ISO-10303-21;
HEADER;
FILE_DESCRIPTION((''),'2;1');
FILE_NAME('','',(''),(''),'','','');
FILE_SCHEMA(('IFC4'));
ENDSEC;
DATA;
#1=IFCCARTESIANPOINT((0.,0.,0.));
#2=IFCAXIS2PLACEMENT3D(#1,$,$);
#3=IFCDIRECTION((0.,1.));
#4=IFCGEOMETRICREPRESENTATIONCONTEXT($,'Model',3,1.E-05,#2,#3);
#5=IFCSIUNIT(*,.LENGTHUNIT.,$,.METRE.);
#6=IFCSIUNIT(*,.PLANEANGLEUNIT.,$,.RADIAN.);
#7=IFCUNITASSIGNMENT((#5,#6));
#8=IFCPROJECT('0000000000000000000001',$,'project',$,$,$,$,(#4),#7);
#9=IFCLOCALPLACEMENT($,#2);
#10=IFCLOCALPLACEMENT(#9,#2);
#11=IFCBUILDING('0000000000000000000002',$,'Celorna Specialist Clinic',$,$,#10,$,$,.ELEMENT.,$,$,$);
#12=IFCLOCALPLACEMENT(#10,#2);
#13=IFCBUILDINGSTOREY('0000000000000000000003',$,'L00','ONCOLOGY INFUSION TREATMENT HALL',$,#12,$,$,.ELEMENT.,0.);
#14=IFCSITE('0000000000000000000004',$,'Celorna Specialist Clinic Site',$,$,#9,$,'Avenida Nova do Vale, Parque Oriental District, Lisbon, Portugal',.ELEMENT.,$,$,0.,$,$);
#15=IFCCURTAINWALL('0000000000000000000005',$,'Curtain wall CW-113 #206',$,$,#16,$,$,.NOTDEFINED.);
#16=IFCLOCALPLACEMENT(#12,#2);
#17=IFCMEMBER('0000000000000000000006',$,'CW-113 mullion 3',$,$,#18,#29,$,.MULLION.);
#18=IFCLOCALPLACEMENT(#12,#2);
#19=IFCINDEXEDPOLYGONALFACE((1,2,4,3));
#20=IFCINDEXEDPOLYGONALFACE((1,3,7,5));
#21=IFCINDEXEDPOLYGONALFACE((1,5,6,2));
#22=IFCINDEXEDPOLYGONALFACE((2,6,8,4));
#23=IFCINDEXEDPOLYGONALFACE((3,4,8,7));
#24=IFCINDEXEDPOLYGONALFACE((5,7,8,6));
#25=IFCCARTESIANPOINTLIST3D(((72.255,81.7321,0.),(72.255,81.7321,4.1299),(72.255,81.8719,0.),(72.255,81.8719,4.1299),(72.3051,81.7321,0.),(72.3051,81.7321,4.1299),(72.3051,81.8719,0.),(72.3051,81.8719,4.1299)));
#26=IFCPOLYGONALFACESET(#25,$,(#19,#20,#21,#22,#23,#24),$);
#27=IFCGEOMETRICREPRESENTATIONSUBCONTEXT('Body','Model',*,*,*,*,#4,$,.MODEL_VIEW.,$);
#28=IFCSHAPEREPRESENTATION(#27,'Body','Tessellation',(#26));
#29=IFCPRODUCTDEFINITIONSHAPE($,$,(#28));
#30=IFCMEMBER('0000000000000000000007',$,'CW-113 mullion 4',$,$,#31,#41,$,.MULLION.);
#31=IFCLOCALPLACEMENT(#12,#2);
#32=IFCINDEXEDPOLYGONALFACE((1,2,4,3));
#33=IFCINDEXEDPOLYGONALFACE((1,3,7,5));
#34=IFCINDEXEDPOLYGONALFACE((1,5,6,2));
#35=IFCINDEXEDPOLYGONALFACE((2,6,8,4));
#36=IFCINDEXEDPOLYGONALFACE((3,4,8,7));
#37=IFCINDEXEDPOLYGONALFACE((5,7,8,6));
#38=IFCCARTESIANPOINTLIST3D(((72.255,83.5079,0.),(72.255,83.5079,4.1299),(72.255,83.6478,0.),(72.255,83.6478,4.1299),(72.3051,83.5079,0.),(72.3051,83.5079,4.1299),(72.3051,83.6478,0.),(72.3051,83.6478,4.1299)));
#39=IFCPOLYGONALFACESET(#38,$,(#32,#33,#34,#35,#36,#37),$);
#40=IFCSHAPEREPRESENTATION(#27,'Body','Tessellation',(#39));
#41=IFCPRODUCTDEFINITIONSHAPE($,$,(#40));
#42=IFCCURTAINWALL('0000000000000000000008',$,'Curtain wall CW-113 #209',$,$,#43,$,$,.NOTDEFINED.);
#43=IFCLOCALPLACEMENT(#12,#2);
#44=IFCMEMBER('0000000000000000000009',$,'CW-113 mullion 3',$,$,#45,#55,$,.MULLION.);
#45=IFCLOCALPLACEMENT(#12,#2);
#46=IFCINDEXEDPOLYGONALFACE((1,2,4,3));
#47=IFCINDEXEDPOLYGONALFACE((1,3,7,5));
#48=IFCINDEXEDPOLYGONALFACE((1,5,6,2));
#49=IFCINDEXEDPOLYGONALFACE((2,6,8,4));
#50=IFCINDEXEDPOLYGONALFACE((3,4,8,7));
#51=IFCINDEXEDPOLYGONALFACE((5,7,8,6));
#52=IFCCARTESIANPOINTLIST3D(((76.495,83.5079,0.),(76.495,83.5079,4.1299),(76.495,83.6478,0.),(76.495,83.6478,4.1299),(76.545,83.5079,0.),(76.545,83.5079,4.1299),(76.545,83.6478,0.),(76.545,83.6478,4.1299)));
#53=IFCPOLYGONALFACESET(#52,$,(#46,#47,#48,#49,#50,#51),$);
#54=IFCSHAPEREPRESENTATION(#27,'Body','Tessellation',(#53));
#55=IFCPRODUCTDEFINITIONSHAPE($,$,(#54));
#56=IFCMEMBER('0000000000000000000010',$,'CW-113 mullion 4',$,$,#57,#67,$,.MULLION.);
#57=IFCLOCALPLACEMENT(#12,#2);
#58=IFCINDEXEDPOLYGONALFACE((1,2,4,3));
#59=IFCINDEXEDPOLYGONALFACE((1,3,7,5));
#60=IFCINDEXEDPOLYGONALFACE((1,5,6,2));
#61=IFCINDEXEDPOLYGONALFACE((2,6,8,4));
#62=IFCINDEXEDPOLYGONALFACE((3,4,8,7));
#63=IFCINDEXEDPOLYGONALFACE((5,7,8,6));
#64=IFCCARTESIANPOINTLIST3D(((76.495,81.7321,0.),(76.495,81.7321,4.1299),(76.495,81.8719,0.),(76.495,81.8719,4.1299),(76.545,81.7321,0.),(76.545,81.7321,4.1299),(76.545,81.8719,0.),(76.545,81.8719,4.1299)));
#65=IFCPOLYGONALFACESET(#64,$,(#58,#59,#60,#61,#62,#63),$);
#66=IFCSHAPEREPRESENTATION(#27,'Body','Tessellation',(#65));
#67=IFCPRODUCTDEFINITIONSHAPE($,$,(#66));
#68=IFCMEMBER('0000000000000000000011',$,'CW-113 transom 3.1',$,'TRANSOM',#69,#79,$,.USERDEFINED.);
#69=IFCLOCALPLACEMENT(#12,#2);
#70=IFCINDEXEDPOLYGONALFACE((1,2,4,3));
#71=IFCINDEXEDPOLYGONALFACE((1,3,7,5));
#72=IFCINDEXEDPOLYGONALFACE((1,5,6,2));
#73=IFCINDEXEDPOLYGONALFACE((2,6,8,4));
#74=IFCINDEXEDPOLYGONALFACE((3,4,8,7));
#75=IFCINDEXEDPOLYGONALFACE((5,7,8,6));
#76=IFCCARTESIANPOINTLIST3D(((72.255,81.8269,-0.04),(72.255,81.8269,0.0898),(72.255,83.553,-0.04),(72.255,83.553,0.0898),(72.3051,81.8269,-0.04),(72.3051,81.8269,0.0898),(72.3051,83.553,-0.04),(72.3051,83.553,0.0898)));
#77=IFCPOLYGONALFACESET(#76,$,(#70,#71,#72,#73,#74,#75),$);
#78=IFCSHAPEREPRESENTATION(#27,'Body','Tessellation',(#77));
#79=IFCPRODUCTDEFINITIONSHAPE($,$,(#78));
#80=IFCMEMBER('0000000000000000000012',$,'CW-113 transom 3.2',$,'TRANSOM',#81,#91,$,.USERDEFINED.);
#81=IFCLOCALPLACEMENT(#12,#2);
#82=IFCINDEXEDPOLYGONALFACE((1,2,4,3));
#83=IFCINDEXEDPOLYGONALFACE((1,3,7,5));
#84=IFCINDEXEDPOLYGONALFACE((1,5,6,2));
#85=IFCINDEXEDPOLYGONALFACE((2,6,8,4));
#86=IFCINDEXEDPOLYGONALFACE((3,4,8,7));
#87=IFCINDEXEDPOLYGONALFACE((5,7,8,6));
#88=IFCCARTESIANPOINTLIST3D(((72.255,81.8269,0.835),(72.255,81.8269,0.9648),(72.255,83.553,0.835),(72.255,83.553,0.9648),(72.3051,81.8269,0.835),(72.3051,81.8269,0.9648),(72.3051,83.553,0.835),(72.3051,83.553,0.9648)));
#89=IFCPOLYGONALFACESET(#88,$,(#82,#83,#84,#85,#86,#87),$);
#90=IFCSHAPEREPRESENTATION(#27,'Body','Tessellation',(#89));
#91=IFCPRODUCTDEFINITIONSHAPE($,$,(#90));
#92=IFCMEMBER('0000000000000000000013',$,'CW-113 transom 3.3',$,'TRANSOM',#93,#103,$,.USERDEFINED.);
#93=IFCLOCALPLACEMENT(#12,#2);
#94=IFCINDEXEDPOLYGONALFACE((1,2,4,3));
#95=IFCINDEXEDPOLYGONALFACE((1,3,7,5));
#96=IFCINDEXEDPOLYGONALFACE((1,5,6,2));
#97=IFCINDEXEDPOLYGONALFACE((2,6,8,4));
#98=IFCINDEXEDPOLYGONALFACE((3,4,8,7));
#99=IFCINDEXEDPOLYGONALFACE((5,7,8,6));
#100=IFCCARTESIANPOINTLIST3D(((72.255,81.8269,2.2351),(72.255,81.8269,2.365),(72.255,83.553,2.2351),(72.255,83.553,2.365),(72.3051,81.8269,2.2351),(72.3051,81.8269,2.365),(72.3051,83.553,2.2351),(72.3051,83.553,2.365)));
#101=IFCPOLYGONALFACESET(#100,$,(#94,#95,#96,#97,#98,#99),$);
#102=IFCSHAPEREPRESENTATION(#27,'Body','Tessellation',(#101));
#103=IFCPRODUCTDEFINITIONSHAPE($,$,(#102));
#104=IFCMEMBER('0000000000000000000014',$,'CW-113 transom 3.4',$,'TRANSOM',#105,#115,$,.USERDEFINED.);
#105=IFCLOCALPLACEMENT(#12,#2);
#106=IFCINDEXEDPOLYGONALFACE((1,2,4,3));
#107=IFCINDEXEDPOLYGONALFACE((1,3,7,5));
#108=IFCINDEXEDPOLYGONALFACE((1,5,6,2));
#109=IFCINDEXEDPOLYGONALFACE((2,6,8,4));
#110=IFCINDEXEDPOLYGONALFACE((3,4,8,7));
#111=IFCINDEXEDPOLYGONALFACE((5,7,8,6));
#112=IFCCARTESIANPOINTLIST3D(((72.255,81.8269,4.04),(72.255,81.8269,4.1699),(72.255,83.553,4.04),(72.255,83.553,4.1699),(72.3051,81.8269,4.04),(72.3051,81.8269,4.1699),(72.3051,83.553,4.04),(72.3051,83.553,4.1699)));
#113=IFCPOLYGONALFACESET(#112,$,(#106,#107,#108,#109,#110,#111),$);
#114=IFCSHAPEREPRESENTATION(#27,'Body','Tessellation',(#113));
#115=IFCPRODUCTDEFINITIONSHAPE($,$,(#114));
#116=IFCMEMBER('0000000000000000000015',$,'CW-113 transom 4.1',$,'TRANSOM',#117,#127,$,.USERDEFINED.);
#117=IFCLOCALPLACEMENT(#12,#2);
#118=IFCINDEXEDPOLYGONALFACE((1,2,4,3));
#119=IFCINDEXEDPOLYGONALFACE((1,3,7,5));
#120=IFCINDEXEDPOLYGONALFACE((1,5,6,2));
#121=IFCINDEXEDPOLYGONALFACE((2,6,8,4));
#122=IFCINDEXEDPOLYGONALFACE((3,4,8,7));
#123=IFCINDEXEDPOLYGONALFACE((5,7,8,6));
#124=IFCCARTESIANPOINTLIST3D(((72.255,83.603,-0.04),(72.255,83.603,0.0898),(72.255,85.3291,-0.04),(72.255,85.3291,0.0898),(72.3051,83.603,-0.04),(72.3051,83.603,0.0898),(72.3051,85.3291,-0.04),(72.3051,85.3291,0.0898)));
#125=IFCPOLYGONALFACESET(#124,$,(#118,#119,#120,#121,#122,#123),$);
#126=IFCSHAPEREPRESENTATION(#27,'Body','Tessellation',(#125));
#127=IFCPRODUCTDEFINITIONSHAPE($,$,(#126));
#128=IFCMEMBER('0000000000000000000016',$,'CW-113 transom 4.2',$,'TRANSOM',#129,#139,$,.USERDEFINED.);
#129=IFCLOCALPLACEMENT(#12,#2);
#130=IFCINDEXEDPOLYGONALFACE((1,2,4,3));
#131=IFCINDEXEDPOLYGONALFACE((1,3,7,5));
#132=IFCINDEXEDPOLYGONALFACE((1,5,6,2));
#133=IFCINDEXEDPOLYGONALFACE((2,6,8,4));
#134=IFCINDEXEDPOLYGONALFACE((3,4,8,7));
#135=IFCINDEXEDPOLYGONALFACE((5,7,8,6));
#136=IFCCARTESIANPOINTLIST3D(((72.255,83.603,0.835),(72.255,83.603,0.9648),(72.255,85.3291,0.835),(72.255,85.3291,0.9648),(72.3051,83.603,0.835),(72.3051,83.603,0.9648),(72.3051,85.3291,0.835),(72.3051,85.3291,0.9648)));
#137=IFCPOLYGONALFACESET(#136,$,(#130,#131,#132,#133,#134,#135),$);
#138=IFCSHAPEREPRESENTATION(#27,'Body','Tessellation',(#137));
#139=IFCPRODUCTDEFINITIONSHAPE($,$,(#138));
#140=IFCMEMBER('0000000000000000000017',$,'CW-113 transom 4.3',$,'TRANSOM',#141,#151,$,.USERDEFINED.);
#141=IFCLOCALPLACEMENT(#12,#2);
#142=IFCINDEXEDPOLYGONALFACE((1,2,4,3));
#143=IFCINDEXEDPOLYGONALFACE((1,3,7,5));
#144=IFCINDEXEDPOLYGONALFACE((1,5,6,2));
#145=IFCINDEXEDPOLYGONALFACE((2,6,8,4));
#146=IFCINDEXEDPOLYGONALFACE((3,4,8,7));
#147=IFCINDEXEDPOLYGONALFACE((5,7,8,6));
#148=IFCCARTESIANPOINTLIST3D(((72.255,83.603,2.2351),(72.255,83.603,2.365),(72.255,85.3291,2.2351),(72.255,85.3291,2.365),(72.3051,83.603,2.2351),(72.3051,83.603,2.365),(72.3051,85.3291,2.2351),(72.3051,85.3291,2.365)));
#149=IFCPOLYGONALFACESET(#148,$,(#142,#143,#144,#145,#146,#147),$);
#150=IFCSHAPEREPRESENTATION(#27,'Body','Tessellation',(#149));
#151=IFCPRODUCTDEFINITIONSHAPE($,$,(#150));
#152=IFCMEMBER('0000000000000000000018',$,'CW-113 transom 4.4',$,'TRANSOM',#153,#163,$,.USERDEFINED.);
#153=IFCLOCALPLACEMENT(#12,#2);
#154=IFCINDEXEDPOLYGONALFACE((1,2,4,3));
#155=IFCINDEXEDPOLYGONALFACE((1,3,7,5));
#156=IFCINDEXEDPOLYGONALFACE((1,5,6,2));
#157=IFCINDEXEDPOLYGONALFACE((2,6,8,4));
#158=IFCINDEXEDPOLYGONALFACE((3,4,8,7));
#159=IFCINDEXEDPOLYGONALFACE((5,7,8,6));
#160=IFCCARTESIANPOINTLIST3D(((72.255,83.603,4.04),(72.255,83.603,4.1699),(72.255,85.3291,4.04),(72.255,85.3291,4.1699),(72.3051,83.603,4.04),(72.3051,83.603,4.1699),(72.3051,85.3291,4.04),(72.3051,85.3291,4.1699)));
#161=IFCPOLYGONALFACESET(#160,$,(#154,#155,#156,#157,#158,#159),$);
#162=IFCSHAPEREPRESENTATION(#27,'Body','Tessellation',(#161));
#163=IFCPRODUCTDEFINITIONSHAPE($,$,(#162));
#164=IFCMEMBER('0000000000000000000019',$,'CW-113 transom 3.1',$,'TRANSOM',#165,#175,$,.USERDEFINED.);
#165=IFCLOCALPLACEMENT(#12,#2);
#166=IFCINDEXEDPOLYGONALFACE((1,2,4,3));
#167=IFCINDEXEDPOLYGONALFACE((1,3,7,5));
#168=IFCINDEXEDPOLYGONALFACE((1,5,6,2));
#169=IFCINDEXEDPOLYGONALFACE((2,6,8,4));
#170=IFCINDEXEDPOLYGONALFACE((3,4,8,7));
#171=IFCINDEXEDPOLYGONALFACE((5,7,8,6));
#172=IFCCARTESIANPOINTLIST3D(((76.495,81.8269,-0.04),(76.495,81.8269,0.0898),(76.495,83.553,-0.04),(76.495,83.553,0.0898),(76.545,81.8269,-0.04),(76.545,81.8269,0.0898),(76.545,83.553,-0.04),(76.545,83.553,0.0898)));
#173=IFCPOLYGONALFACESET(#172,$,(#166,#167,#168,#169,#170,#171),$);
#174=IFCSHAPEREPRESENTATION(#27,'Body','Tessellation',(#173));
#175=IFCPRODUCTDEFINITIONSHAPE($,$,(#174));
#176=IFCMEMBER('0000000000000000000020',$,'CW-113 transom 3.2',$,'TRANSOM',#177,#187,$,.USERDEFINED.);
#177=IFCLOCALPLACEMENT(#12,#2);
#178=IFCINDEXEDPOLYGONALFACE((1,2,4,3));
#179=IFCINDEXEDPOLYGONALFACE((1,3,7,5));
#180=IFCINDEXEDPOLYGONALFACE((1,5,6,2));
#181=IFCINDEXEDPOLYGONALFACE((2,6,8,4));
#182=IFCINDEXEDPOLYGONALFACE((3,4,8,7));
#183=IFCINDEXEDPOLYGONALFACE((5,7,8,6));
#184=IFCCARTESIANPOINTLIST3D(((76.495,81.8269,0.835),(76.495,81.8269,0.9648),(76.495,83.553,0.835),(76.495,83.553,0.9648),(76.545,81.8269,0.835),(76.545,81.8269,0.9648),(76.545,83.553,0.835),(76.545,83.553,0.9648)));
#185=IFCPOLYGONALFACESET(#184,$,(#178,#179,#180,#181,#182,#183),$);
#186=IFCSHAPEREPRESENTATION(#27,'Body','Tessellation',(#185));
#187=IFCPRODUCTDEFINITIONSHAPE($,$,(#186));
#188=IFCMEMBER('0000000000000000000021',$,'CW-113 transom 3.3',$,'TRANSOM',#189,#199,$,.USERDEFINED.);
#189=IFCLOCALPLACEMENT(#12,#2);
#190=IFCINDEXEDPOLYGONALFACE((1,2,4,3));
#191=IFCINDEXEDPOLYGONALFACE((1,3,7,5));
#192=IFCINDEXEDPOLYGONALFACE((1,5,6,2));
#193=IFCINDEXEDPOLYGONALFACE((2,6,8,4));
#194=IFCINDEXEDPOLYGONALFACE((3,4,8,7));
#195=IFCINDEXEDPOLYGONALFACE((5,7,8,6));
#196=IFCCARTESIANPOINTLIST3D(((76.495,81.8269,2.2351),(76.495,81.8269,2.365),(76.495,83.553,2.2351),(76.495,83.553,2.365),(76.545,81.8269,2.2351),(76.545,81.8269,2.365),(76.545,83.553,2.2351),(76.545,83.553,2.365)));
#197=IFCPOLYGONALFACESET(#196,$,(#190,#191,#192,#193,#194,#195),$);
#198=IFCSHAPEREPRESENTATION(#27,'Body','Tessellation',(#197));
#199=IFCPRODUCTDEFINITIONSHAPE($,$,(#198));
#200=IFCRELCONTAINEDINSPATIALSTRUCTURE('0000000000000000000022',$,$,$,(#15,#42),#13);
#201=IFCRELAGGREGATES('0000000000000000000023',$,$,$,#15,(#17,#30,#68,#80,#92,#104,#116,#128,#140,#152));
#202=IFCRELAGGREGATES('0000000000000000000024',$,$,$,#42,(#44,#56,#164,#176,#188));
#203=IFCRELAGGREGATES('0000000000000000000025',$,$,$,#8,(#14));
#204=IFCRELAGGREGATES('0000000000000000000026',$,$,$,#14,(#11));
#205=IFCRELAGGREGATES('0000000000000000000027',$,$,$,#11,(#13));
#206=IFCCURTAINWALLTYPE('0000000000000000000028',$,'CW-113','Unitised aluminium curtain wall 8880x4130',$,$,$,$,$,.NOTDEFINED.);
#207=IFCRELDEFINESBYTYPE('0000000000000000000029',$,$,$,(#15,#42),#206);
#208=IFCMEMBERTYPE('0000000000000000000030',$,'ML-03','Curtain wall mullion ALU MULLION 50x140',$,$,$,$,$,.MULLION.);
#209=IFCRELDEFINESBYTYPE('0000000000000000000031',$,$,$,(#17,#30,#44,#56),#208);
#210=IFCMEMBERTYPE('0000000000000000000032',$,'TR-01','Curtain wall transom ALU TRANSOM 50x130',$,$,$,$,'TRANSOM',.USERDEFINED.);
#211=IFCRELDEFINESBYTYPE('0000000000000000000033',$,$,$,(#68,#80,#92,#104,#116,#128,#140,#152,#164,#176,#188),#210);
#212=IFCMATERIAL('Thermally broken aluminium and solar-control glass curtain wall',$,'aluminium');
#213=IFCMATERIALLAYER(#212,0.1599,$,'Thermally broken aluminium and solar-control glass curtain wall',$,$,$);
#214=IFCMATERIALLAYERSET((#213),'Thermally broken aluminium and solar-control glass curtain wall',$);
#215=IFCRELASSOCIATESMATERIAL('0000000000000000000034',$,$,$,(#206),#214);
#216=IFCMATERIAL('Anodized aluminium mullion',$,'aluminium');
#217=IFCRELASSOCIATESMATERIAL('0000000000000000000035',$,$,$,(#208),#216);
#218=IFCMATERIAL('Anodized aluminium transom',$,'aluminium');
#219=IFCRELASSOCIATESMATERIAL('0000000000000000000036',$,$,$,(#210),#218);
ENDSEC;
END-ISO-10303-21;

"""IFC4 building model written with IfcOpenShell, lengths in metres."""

from ifc_helpers import new_model, si_unit, direction, frame, origin, origin_2d, place, context, subcontext, project, spatial, rectangle, extrude, material, layer, layer_set, material_profile, profile_set, type_object, element, aggregate, save


model = new_model("IFC4")

# Units and contexts
model_context = context("Model", 3, precision=1e-05, world=origin(), true_north=direction((0.0, 1.0)))
body_context = subcontext(model_context, "Body", "Model", "MODEL_VIEW")
ifc_project = project(units=[si_unit("LENGTHUNIT", "METRE"), si_unit("PLANEANGLEUNIT", "RADIAN")], contexts=[model_context])

# Site, building, storey
site_placement = place(None, origin())
site = spatial("IfcSite", under=ifc_project, at=site_placement, Name="Celorna Specialist Clinic Site", LongName="Avenida Nova do Vale, Parque Oriental District, Lisbon, Portugal", CompositionType="ELEMENT", RefElevation=0.0)
building_placement = place(site_placement, origin())
building = spatial("IfcBuilding", under=site, at=building_placement, Name="Celorna Specialist Clinic", CompositionType="ELEMENT")
storey_placement = place(building_placement, origin())
storey = spatial("IfcBuildingStorey", under=building, at=storey_placement, Name="L00", Description="ONCOLOGY INFUSION TREATMENT HALL", CompositionType="ELEMENT", Elevation=0.0)

# Curtain walls, members
ifc_material_1 = material(Name="Thermally broken aluminium and solar-control glass curtain wall", Category="aluminium")
ifc_layer_1 = layer(ifc_material_1, 0.1599, Name="Thermally broken aluminium and solar-control glass curtain wall")
ifc_layer_set_1 = layer_set([ifc_layer_1], Name="Thermally broken aluminium and solar-control glass curtain wall")
curtain_wall_type = type_object("IfcCurtainWallType", Name="CW-113", Description="Unitised aluminium curtain wall 8880x4130", PredefinedType="NOTDEFINED", material=ifc_layer_set_1)
curtain_wall_1_placement = place(storey_placement, origin())
curtain_wall_1 = element("IfcCurtainWall", 1, at=curtain_wall_1_placement, inside=storey, type_object=curtain_wall_type, Name="Curtain wall CW-113 #206", PredefinedType="NOTDEFINED")
ifc_material_2 = material(Name="Anodized aluminium mullion", Category="aluminium")
ifc_material_profile_1 = material_profile(ifc_material_2, rectangle(XDim=0.05, YDim=0.1399, at=origin_2d()), Name="ALU MULLION 50x140")
ifc_profile_set_1 = profile_set([ifc_material_profile_1], Name="Anodized aluminium mullion")
member_type_1 = type_object("IfcMemberType", Name="ML-03", Description="Curtain wall mullion ALU MULLION 50x140", PredefinedType="MULLION", material=ifc_profile_set_1)
member_1_placement = place(storey_placement, frame((72.28, 81.802, 0.0), z_axis=(0.0, 0.0, 1.0), x_axis=(-1.0, 0.0, 0.0)))
member_1 = element("IfcMember", 2, at=member_1_placement, type_object=member_type_1, Name="CW-113 mullion 3", PredefinedType="MULLION", context=body_context, shape_type="SweptSolid", body=[
    extrude(rectangle(XDim=0.05, YDim=0.1399, at=origin_2d()), origin(), (0.0, 0.0, 1.0), 4.1299),
])
member_2_placement = place(storey_placement, frame((72.28, 83.5779, 0.0), z_axis=(0.0, 0.0, 1.0), x_axis=(-1.0, 0.0, 0.0)))
member_2 = element("IfcMember", 3, at=member_2_placement, type_object=member_type_1, Name="CW-113 mullion 4", PredefinedType="MULLION", context=body_context, shape_type="SweptSolid", body=[
    extrude(rectangle(XDim=0.05, YDim=0.1399, at=origin_2d()), origin(), (0.0, 0.0, 1.0), 4.1299),
])
curtain_wall_2_placement = place(storey_placement, origin())
curtain_wall_2 = element("IfcCurtainWall", 4, at=curtain_wall_2_placement, inside=storey, type_object=curtain_wall_type, Name="Curtain wall CW-113 #209", PredefinedType="NOTDEFINED")
member_3_placement = place(storey_placement, frame((76.52, 83.5779, 0.0), z_axis=(0.0, 0.0, 1.0), x_axis=(1.0, 0.0, 0.0)))
member_3 = element("IfcMember", 5, at=member_3_placement, type_object=member_type_1, Name="CW-113 mullion 3", PredefinedType="MULLION", context=body_context, shape_type="SweptSolid", body=[
    extrude(rectangle(XDim=0.05, YDim=0.1399, at=origin_2d()), origin(), (0.0, 0.0, 1.0), 4.1299),
])
member_4_placement = place(storey_placement, frame((76.52, 81.802, 0.0), z_axis=(0.0, 0.0, 1.0), x_axis=(1.0, 0.0, 0.0)))
member_4 = element("IfcMember", 6, at=member_4_placement, type_object=member_type_1, Name="CW-113 mullion 4", PredefinedType="MULLION", context=body_context, shape_type="SweptSolid", body=[
    extrude(rectangle(XDim=0.05, YDim=0.1399, at=origin_2d()), origin(), (0.0, 0.0, 1.0), 4.1299),
])

# Members
ifc_material_3 = material(Name="Anodized aluminium transom", Category="aluminium")
ifc_material_profile_2 = material_profile(ifc_material_3, rectangle(XDim=0.05, YDim=0.1299, at=origin_2d()), Name="ALU TRANSOM 50x130")
ifc_profile_set_2 = profile_set([ifc_material_profile_2], Name="Anodized aluminium transom")
member_type_2 = type_object("IfcMemberType", Name="TR-01", Description="Curtain wall transom ALU TRANSOM 50x130", ElementType="TRANSOM", PredefinedType="USERDEFINED", material=ifc_profile_set_2)
member_5_placement = place(storey_placement, frame((72.28, 81.8269, 0.0249), z_axis=(0.0, 1.0, 0.0), x_axis=(-1.0, 0.0, 0.0)))
member_5 = element("IfcMember", 7, at=member_5_placement, type_object=member_type_2, Name="CW-113 transom 3.1", ObjectType="TRANSOM", PredefinedType="USERDEFINED", context=body_context, shape_type="SweptSolid", body=[
    extrude(rectangle(XDim=0.05, YDim=0.1299, at=origin_2d()), origin(), (0.0, 0.0, 1.0), 1.7261),
])
member_6_placement = place(storey_placement, frame((72.28, 81.8269, 0.8999), z_axis=(0.0, 1.0, 0.0), x_axis=(-1.0, 0.0, 0.0)))
member_6 = element("IfcMember", 8, at=member_6_placement, type_object=member_type_2, Name="CW-113 transom 3.2", ObjectType="TRANSOM", PredefinedType="USERDEFINED", context=body_context, shape_type="SweptSolid", body=[
    extrude(rectangle(XDim=0.05, YDim=0.1299, at=origin_2d()), origin(), (0.0, 0.0, 1.0), 1.7261),
])
member_7_placement = place(storey_placement, frame((72.28, 81.8269, 2.3), z_axis=(0.0, 1.0, 0.0), x_axis=(-1.0, 0.0, 0.0)))
member_7 = element("IfcMember", 9, at=member_7_placement, type_object=member_type_2, Name="CW-113 transom 3.3", ObjectType="TRANSOM", PredefinedType="USERDEFINED", context=body_context, shape_type="SweptSolid", body=[
    extrude(rectangle(XDim=0.05, YDim=0.1299, at=origin_2d()), origin(), (0.0, 0.0, 1.0), 1.7261),
])
member_8_placement = place(storey_placement, frame((72.28, 81.8269, 4.105), z_axis=(0.0, 1.0, 0.0), x_axis=(-1.0, 0.0, 0.0)))
member_8 = element("IfcMember", 10, at=member_8_placement, type_object=member_type_2, Name="CW-113 transom 3.4", ObjectType="TRANSOM", PredefinedType="USERDEFINED", context=body_context, shape_type="SweptSolid", body=[
    extrude(rectangle(XDim=0.05, YDim=0.1299, at=origin_2d()), origin(), (0.0, 0.0, 1.0), 1.7261),
])
member_9_placement = place(storey_placement, frame((72.28, 83.603, 0.0249), z_axis=(0.0, 1.0, 0.0), x_axis=(-1.0, 0.0, 0.0)))
member_9 = element("IfcMember", 11, at=member_9_placement, type_object=member_type_2, Name="CW-113 transom 4.1", ObjectType="TRANSOM", PredefinedType="USERDEFINED", context=body_context, shape_type="SweptSolid", body=[
    extrude(rectangle(XDim=0.05, YDim=0.1299, at=origin_2d()), origin(), (0.0, 0.0, 1.0), 1.7261),
])
member_10_placement = place(storey_placement, frame((72.28, 83.603, 0.8999), z_axis=(0.0, 1.0, 0.0), x_axis=(-1.0, 0.0, 0.0)))
member_10 = element("IfcMember", 12, at=member_10_placement, type_object=member_type_2, Name="CW-113 transom 4.2", ObjectType="TRANSOM", PredefinedType="USERDEFINED", context=body_context, shape_type="SweptSolid", body=[
    extrude(rectangle(XDim=0.05, YDim=0.1299, at=origin_2d()), origin(), (0.0, 0.0, 1.0), 1.7261),
])
member_11_placement = place(storey_placement, frame((72.28, 83.603, 2.3), z_axis=(0.0, 1.0, 0.0), x_axis=(-1.0, 0.0, 0.0)))
member_11 = element("IfcMember", 13, at=member_11_placement, type_object=member_type_2, Name="CW-113 transom 4.3", ObjectType="TRANSOM", PredefinedType="USERDEFINED", context=body_context, shape_type="SweptSolid", body=[
    extrude(rectangle(XDim=0.05, YDim=0.1299, at=origin_2d()), origin(), (0.0, 0.0, 1.0), 1.7261),
])
member_12_placement = place(storey_placement, frame((72.28, 83.603, 4.105), z_axis=(0.0, 1.0, 0.0), x_axis=(-1.0, 0.0, 0.0)))
member_12 = element("IfcMember", 14, at=member_12_placement, type_object=member_type_2, Name="CW-113 transom 4.4", ObjectType="TRANSOM", PredefinedType="USERDEFINED", context=body_context, shape_type="SweptSolid", body=[
    extrude(rectangle(XDim=0.05, YDim=0.1299, at=origin_2d()), origin(), (0.0, 0.0, 1.0), 1.7261),
])
member_13_placement = place(storey_placement, frame((76.52, 83.553, 0.0249), z_axis=(0.0, -1.0, 0.0), x_axis=(1.0, 0.0, 0.0)))
member_13 = element("IfcMember", 15, at=member_13_placement, type_object=member_type_2, Name="CW-113 transom 3.1", ObjectType="TRANSOM", PredefinedType="USERDEFINED", context=body_context, shape_type="SweptSolid", body=[
    extrude(rectangle(XDim=0.05, YDim=0.1299, at=origin_2d()), origin(), (0.0, 0.0, 1.0), 1.7261),
])
member_14_placement = place(storey_placement, frame((76.52, 83.553, 0.8999), z_axis=(0.0, -1.0, 0.0), x_axis=(1.0, 0.0, 0.0)))
member_14 = element("IfcMember", 16, at=member_14_placement, type_object=member_type_2, Name="CW-113 transom 3.2", ObjectType="TRANSOM", PredefinedType="USERDEFINED", context=body_context, shape_type="SweptSolid", body=[
    extrude(rectangle(XDim=0.05, YDim=0.1299, at=origin_2d()), origin(), (0.0, 0.0, 1.0), 1.7261),
])
member_15_placement = place(storey_placement, frame((76.52, 83.553, 2.3), z_axis=(0.0, -1.0, 0.0), x_axis=(1.0, 0.0, 0.0)))
member_15 = element("IfcMember", 17, at=member_15_placement, type_object=member_type_2, Name="CW-113 transom 3.3", ObjectType="TRANSOM", PredefinedType="USERDEFINED", context=body_context, shape_type="SweptSolid", body=[
    extrude(rectangle(XDim=0.05, YDim=0.1299, at=origin_2d()), origin(), (0.0, 0.0, 1.0), 1.7261),
])

aggregate(curtain_wall_1, [member_1, member_2, member_5, member_6, member_7, member_8, member_9, member_10, member_11, member_12])
aggregate(curtain_wall_2, [member_3, member_4, member_13, member_14, member_15])

save(model, "model.ifc")
